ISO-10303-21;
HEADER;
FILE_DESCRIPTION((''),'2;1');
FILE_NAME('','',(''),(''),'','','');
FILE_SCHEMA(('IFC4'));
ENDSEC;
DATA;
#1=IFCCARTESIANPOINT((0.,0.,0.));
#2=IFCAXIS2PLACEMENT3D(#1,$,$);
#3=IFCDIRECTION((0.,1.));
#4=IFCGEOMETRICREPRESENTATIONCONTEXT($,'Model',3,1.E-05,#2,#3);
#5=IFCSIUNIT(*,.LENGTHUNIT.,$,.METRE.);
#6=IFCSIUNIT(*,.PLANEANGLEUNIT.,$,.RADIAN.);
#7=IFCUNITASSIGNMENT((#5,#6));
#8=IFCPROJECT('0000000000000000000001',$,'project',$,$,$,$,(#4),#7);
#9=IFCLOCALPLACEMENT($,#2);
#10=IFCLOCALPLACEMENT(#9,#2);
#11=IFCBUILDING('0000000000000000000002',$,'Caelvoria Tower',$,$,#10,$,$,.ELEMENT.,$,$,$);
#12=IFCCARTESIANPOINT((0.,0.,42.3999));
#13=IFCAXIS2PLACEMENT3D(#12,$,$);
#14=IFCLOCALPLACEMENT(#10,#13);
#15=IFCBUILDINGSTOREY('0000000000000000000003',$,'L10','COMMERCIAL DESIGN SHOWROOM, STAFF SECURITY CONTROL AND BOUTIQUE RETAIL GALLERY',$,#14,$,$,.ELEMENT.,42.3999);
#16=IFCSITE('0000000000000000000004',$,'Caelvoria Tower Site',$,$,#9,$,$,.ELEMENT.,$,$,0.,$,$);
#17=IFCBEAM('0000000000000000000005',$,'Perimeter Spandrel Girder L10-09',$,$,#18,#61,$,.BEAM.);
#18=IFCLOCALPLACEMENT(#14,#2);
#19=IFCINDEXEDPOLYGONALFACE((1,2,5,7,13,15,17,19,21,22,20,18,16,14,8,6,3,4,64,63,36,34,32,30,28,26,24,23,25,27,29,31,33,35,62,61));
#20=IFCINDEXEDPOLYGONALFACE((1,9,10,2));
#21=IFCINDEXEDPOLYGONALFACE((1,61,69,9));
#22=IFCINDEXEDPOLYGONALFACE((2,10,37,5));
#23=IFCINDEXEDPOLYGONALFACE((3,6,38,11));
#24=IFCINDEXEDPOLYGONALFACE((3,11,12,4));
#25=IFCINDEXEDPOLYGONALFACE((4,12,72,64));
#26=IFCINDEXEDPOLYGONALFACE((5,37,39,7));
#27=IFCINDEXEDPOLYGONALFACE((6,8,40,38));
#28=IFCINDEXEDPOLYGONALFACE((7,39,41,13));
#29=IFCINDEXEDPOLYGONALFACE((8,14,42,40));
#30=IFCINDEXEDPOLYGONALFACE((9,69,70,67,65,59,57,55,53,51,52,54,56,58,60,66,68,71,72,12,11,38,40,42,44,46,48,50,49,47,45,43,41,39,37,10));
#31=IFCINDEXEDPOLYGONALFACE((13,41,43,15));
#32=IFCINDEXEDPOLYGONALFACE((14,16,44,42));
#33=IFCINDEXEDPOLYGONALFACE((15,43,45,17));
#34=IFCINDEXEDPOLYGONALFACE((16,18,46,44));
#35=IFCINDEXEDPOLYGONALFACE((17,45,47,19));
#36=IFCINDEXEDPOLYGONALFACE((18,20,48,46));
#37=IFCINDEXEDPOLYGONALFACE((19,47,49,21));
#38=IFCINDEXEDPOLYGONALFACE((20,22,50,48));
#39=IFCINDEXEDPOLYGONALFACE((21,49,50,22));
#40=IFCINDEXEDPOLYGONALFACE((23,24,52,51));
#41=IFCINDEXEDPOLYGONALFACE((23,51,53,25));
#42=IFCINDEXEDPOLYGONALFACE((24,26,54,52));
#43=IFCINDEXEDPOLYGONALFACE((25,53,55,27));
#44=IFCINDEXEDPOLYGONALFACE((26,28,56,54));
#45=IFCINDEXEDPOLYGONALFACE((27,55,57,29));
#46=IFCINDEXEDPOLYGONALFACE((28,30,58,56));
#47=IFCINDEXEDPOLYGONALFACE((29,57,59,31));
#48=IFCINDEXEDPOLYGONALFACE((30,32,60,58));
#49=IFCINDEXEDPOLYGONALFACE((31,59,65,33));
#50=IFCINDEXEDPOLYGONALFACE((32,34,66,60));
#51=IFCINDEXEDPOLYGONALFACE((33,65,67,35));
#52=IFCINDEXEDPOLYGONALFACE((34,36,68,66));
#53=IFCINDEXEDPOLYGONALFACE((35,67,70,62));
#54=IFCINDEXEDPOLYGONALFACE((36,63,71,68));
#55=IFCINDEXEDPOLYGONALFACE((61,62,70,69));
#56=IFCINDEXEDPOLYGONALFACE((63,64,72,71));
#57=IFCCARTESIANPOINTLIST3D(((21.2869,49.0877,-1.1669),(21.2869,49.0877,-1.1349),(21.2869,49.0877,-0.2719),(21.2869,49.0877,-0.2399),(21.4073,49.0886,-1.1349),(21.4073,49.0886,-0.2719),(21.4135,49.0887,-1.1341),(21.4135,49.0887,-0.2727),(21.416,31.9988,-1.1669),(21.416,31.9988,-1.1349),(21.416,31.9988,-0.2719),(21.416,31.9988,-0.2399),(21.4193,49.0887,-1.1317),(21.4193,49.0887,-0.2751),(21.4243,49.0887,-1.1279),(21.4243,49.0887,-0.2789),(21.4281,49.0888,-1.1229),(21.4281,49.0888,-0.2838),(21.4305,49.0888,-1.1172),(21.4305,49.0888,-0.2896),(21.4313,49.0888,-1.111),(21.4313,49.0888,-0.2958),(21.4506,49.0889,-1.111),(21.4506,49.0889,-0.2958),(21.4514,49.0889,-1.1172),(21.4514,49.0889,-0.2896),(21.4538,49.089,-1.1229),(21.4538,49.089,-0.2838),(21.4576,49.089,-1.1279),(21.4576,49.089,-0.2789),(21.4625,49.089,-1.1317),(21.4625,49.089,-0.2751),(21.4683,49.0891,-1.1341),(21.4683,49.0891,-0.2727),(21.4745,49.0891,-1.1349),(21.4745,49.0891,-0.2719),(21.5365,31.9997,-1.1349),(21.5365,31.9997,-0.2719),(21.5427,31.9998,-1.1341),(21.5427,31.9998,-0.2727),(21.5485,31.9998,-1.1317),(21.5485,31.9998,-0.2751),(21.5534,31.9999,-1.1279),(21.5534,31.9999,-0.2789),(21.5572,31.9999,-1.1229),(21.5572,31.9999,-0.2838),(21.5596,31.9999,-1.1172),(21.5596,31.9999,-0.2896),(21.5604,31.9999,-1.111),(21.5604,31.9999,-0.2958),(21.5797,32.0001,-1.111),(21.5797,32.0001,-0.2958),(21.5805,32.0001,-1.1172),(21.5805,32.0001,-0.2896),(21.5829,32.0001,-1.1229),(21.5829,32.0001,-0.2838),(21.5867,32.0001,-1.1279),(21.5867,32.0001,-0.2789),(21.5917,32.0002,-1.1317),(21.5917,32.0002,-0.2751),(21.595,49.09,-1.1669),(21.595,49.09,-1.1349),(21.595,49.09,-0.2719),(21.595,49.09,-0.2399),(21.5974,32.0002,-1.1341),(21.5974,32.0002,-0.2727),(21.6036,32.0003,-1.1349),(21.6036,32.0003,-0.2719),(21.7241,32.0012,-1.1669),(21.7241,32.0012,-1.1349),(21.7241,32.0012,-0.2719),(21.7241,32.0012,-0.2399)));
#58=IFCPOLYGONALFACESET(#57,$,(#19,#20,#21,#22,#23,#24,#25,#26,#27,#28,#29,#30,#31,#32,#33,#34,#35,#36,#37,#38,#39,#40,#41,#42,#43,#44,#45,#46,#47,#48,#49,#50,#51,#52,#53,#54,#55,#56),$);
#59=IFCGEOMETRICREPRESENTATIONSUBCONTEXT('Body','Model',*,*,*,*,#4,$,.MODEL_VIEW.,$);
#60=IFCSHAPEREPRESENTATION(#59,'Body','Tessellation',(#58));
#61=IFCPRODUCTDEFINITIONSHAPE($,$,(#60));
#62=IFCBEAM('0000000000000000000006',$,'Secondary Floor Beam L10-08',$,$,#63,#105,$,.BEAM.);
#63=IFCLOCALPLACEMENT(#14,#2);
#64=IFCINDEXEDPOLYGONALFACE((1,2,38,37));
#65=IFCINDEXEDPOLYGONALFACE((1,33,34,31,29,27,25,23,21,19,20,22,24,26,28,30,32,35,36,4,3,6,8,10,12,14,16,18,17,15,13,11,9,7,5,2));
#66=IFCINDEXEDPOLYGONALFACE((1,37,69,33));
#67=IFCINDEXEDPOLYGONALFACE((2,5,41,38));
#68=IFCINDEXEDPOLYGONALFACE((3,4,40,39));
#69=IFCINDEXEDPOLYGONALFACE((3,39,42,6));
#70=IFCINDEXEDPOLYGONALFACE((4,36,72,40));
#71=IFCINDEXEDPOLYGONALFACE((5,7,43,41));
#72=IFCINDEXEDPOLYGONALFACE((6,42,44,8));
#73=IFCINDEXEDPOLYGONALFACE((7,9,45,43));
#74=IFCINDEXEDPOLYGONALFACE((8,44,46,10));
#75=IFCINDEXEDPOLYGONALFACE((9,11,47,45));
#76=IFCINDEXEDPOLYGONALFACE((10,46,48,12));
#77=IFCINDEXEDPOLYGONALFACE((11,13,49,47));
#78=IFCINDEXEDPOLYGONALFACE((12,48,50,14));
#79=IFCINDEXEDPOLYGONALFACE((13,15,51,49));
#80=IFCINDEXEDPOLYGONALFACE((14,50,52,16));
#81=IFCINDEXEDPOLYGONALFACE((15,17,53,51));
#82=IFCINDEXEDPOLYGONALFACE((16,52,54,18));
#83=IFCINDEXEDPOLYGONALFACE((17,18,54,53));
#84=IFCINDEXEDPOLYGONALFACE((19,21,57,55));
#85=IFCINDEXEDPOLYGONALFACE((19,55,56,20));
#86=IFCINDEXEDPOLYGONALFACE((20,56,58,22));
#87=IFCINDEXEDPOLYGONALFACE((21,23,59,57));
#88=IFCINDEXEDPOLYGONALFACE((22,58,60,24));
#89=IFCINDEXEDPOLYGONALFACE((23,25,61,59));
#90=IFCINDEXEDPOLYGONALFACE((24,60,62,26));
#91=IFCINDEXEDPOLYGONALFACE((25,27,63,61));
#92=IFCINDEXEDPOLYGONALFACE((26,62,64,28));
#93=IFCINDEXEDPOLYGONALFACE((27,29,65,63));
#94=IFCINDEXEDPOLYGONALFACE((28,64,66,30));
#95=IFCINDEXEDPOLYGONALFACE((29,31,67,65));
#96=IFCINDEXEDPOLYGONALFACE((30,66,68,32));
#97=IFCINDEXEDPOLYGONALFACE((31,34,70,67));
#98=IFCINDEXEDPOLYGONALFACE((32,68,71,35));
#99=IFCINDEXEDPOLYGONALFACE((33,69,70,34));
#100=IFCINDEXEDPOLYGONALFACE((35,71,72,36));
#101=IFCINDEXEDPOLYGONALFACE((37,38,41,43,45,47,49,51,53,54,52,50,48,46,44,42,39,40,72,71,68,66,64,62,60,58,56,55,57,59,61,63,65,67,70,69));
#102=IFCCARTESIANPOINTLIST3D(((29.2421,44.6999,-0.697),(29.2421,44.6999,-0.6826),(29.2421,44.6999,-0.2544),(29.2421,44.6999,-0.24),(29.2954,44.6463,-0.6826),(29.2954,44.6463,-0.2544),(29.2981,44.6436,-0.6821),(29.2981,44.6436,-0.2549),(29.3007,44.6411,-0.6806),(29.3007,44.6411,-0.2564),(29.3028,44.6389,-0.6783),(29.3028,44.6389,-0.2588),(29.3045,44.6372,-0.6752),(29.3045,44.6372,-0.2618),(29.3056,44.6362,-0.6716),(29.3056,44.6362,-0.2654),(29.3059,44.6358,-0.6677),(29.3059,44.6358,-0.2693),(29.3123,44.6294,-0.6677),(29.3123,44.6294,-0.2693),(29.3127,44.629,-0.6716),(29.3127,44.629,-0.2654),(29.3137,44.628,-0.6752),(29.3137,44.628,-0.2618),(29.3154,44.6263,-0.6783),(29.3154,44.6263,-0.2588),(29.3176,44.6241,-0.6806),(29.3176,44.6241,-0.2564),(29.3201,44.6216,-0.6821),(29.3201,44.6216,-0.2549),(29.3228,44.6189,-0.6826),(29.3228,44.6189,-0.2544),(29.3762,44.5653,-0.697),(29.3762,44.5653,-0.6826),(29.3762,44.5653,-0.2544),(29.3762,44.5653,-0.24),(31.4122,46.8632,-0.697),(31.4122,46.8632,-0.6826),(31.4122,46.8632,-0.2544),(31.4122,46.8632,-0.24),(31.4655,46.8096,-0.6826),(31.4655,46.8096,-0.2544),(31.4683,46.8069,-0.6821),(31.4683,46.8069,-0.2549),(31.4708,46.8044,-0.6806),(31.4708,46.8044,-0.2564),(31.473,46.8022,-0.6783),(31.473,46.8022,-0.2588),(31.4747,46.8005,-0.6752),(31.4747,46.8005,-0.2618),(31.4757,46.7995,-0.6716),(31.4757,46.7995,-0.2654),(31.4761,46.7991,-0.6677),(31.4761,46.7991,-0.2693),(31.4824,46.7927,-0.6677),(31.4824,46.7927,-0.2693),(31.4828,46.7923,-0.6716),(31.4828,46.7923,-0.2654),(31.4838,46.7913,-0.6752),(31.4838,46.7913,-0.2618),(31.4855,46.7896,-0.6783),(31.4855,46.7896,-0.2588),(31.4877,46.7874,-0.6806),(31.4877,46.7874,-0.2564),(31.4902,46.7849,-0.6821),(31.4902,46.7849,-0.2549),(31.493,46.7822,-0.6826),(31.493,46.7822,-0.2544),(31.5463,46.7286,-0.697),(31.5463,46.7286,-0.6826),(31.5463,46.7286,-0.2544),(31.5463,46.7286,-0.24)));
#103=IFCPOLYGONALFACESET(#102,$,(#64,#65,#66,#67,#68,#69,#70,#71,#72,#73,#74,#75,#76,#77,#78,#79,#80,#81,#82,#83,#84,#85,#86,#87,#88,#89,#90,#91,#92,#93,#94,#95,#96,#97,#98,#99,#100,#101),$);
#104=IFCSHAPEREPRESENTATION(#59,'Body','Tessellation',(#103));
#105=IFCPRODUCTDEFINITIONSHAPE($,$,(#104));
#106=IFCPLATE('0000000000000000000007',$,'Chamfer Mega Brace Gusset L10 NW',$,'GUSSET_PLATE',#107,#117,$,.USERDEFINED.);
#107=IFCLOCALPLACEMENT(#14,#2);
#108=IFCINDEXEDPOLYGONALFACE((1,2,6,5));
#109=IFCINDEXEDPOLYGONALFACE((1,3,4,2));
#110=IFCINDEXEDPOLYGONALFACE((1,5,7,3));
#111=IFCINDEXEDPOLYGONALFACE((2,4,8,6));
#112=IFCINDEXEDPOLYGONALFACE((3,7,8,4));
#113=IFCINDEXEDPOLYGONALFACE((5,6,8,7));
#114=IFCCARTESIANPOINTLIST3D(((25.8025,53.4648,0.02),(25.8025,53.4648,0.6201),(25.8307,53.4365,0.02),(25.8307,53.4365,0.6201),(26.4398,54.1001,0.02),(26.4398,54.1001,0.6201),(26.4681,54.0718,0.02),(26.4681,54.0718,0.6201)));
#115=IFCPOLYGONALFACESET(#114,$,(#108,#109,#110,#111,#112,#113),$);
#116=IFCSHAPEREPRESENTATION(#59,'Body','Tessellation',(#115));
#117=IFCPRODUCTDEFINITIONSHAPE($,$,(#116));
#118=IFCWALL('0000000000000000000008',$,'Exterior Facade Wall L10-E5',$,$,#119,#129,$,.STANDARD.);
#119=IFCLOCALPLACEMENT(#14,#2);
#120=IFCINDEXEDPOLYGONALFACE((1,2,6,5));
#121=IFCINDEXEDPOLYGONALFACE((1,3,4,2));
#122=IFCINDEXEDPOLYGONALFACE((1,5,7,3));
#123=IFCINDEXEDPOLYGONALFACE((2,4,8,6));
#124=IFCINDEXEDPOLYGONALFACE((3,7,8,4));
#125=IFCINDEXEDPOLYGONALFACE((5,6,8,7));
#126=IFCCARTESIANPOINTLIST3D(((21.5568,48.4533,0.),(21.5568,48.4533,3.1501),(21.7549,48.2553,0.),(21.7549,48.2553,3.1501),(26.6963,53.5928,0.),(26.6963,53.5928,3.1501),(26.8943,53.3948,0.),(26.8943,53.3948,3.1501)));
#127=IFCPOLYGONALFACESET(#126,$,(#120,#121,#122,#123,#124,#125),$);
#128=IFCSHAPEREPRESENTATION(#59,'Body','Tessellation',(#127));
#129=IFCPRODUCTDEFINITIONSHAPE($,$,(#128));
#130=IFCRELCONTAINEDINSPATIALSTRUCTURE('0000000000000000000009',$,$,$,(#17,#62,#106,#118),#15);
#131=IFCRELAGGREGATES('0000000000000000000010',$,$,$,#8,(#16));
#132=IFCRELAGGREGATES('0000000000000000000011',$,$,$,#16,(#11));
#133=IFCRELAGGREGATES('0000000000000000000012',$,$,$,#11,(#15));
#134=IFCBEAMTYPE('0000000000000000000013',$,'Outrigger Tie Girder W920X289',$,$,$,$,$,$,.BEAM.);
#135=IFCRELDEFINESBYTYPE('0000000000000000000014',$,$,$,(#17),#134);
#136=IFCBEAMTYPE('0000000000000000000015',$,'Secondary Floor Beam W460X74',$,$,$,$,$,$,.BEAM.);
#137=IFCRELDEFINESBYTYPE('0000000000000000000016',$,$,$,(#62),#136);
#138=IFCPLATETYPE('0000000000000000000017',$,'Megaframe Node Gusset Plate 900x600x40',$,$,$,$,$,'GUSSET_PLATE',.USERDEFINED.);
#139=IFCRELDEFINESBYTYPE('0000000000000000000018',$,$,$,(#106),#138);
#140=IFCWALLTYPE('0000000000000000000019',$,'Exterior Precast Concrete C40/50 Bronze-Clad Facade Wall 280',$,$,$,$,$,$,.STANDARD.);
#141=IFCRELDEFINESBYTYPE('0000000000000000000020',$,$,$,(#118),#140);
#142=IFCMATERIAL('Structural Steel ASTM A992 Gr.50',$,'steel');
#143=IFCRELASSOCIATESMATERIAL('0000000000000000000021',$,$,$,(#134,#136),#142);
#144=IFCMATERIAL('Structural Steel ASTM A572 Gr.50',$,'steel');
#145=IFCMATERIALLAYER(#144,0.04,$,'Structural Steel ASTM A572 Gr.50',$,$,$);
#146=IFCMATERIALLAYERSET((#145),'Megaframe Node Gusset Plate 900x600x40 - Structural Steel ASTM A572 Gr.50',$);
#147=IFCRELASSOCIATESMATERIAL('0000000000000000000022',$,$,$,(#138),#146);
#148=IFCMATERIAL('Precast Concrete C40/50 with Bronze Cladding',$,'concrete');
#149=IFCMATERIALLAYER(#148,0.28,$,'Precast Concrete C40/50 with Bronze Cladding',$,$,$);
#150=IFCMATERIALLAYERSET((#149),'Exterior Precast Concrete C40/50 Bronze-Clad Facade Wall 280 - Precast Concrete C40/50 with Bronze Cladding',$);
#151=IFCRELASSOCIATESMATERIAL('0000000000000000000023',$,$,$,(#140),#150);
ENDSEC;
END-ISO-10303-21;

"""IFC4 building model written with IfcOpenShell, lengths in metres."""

from ifc_helpers import new_model, si_unit, direction, frame, frame_2d, origin, origin_2d, place, context, subcontext, project, spatial, rectangle, i_section, extrude, material, layer, layer_set, material_profile, profile_set, type_object, element, save


model = new_model("IFC4")

# Units and contexts
model_context = context("Model", 3, precision=1e-05, world=origin(), true_north=direction((0.0, 1.0)))
body_context = subcontext(model_context, "Body", "Model", "MODEL_VIEW")
ifc_project = project(units=[si_unit("LENGTHUNIT", "METRE"), si_unit("PLANEANGLEUNIT", "RADIAN")], contexts=[model_context])

# Site, building, storey
site_placement = place(None, origin())
site = spatial("IfcSite", under=ifc_project, at=site_placement, Name="Caelvoria Tower Site", CompositionType="ELEMENT", RefElevation=0.0)
building_placement = place(site_placement, origin())
building = spatial("IfcBuilding", under=site, at=building_placement, Name="Caelvoria Tower", CompositionType="ELEMENT")
storey_placement = place(building_placement, frame((0.0, 0.0, 42.3999)))
storey = spatial("IfcBuildingStorey", under=building, at=storey_placement, Name="L10", Description="COMMERCIAL DESIGN SHOWROOM, STAFF SECURITY CONTROL AND BOUTIQUE RETAIL GALLERY", CompositionType="ELEMENT", Elevation=42.3999)

# Shared definitions
ifc_material_1 = material(Name="Structural Steel ASTM A572 Gr.50", Category="steel")

# Beams
ifc_material_2 = material(Name="Structural Steel ASTM A992 Gr.50", Category="steel")
ifc_material_profile_1 = material_profile(ifc_material_2, i_section(OverallWidth=0.3081, OverallDepth=0.927, WebThickness=0.0193, FlangeThickness=0.032, FilletRadius=0.0239, at=origin_2d()), Name="Structural Steel ASTM A992 Gr.50")
ifc_profile_set_1 = profile_set([ifc_material_profile_1], Name="W920X289 - Structural Steel ASTM A992 Gr.50")
beam_type_1 = type_object("IfcBeamType", Name="Outrigger Tie Girder W920X289", PredefinedType="BEAM", material=ifc_profile_set_1)
beam_1_placement = place(storey_placement, frame((21.4409, 49.0889, -0.7034), z_axis=(0.007557, -0.999971, 0.0), x_axis=(0.999971, 0.007557, 0.0)))
element("IfcBeam", 1, at=beam_1_placement, inside=storey, type_object=beam_type_1, Name="Perimeter Spandrel Girder L10-09", PredefinedType="BEAM", context=body_context, shape_type="SweptSolid", body=[
    extrude(i_section(OverallWidth=0.3081, OverallDepth=0.927, WebThickness=0.0193, FlangeThickness=0.032, FilletRadius=0.0239, at=origin_2d()), origin(), (0.0, 0.0, 1.0), 17.0894),
])
ifc_material_profile_2 = material_profile(ifc_material_2, i_section(OverallWidth=0.1899, OverallDepth=0.457, WebThickness=0.009, FlangeThickness=0.0144, FilletRadius=0.0149, at=origin_2d()), Name="Structural Steel ASTM A992 Gr.50")
ifc_profile_set_2 = profile_set([ifc_material_profile_2], Name="W460X74 - Structural Steel ASTM A992 Gr.50")
beam_type_2 = type_object("IfcBeamType", Name="Secondary Floor Beam W460X74", PredefinedType="BEAM", material=ifc_profile_set_2)
beam_2_placement = place(storey_placement, frame((31.4792, 46.7959, -0.4685), z_axis=(-0.708221, -0.70599, 0.0), x_axis=(0.70599, -0.708221, 0.0)))
element("IfcBeam", 2, at=beam_2_placement, inside=storey, type_object=beam_type_2, Name="Secondary Floor Beam L10-08", PredefinedType="BEAM", context=body_context, shape_type="SweptSolid", body=[
    extrude(i_section(OverallWidth=0.1899, OverallDepth=0.457, WebThickness=0.009, FlangeThickness=0.0144, FilletRadius=0.0149, at=origin_2d()), origin(), (0.0, 0.0, 1.0), 3.0642),
])

# Plate
ifc_layer_1 = layer(ifc_material_1, 0.04, Name="Structural Steel ASTM A572 Gr.50")
ifc_layer_set_1 = layer_set([ifc_layer_1], Name="Megaframe Node Gusset Plate 900x600x40 - Structural Steel ASTM A572 Gr.50")
plate_type = type_object("IfcPlateType", Name="Megaframe Node Gusset Plate 900x600x40", ElementType="GUSSET_PLATE", PredefinedType="USERDEFINED", material=ifc_layer_set_1)
plate_placement = place(storey_placement, frame((26.1353, 53.7683, 0.02), z_axis=(0.0, 0.0, 1.0), x_axis=(-0.70823, -0.705982, 0.0)))
element("IfcPlate", 3, at=plate_placement, inside=storey, type_object=plate_type, Name="Chamfer Mega Brace Gusset L10 NW", ObjectType="GUSSET_PLATE", PredefinedType="USERDEFINED", context=body_context, shape_type="SweptSolid", body=[
    extrude(rectangle(XDim=0.8999, YDim=0.04, at=origin_2d()), origin(), (0.0, 0.0, 1.0), 0.6001),
])

# Wall
ifc_material_3 = material(Name="Precast Concrete C40/50 with Bronze Cladding", Category="concrete")
ifc_layer_2 = layer(ifc_material_3, 0.28, Name="Precast Concrete C40/50 with Bronze Cladding")
ifc_layer_set_2 = layer_set([ifc_layer_2], Name="Exterior Precast Concrete C40/50 Bronze-Clad Facade Wall 280 - Precast Concrete C40/50 with Bronze Cladding")
wall_type = type_object("IfcWallType", Name="Exterior Precast Concrete C40/50 Bronze-Clad Facade Wall 280", PredefinedType="STANDARD", material=ifc_layer_set_2)
wall_1_placement = place(storey_placement, frame((26.7954, 53.4939, 0.0), z_axis=(0.0, 0.0, 1.0), x_axis=(-0.707107, -0.707107, 0.0)))
element("IfcWall", 4, at=wall_1_placement, inside=storey, type_object=wall_type, Name="Exterior Facade Wall L10-E5", PredefinedType="STANDARD", context=body_context, shape_type="SweptSolid", body=[
    extrude(rectangle(XDim=7.2683, YDim=0.28, at=frame_2d((3.6343, 0.0))), origin(), (0.0, 0.0, 1.0), 3.1501),
])

save(model, "model.ifc")
